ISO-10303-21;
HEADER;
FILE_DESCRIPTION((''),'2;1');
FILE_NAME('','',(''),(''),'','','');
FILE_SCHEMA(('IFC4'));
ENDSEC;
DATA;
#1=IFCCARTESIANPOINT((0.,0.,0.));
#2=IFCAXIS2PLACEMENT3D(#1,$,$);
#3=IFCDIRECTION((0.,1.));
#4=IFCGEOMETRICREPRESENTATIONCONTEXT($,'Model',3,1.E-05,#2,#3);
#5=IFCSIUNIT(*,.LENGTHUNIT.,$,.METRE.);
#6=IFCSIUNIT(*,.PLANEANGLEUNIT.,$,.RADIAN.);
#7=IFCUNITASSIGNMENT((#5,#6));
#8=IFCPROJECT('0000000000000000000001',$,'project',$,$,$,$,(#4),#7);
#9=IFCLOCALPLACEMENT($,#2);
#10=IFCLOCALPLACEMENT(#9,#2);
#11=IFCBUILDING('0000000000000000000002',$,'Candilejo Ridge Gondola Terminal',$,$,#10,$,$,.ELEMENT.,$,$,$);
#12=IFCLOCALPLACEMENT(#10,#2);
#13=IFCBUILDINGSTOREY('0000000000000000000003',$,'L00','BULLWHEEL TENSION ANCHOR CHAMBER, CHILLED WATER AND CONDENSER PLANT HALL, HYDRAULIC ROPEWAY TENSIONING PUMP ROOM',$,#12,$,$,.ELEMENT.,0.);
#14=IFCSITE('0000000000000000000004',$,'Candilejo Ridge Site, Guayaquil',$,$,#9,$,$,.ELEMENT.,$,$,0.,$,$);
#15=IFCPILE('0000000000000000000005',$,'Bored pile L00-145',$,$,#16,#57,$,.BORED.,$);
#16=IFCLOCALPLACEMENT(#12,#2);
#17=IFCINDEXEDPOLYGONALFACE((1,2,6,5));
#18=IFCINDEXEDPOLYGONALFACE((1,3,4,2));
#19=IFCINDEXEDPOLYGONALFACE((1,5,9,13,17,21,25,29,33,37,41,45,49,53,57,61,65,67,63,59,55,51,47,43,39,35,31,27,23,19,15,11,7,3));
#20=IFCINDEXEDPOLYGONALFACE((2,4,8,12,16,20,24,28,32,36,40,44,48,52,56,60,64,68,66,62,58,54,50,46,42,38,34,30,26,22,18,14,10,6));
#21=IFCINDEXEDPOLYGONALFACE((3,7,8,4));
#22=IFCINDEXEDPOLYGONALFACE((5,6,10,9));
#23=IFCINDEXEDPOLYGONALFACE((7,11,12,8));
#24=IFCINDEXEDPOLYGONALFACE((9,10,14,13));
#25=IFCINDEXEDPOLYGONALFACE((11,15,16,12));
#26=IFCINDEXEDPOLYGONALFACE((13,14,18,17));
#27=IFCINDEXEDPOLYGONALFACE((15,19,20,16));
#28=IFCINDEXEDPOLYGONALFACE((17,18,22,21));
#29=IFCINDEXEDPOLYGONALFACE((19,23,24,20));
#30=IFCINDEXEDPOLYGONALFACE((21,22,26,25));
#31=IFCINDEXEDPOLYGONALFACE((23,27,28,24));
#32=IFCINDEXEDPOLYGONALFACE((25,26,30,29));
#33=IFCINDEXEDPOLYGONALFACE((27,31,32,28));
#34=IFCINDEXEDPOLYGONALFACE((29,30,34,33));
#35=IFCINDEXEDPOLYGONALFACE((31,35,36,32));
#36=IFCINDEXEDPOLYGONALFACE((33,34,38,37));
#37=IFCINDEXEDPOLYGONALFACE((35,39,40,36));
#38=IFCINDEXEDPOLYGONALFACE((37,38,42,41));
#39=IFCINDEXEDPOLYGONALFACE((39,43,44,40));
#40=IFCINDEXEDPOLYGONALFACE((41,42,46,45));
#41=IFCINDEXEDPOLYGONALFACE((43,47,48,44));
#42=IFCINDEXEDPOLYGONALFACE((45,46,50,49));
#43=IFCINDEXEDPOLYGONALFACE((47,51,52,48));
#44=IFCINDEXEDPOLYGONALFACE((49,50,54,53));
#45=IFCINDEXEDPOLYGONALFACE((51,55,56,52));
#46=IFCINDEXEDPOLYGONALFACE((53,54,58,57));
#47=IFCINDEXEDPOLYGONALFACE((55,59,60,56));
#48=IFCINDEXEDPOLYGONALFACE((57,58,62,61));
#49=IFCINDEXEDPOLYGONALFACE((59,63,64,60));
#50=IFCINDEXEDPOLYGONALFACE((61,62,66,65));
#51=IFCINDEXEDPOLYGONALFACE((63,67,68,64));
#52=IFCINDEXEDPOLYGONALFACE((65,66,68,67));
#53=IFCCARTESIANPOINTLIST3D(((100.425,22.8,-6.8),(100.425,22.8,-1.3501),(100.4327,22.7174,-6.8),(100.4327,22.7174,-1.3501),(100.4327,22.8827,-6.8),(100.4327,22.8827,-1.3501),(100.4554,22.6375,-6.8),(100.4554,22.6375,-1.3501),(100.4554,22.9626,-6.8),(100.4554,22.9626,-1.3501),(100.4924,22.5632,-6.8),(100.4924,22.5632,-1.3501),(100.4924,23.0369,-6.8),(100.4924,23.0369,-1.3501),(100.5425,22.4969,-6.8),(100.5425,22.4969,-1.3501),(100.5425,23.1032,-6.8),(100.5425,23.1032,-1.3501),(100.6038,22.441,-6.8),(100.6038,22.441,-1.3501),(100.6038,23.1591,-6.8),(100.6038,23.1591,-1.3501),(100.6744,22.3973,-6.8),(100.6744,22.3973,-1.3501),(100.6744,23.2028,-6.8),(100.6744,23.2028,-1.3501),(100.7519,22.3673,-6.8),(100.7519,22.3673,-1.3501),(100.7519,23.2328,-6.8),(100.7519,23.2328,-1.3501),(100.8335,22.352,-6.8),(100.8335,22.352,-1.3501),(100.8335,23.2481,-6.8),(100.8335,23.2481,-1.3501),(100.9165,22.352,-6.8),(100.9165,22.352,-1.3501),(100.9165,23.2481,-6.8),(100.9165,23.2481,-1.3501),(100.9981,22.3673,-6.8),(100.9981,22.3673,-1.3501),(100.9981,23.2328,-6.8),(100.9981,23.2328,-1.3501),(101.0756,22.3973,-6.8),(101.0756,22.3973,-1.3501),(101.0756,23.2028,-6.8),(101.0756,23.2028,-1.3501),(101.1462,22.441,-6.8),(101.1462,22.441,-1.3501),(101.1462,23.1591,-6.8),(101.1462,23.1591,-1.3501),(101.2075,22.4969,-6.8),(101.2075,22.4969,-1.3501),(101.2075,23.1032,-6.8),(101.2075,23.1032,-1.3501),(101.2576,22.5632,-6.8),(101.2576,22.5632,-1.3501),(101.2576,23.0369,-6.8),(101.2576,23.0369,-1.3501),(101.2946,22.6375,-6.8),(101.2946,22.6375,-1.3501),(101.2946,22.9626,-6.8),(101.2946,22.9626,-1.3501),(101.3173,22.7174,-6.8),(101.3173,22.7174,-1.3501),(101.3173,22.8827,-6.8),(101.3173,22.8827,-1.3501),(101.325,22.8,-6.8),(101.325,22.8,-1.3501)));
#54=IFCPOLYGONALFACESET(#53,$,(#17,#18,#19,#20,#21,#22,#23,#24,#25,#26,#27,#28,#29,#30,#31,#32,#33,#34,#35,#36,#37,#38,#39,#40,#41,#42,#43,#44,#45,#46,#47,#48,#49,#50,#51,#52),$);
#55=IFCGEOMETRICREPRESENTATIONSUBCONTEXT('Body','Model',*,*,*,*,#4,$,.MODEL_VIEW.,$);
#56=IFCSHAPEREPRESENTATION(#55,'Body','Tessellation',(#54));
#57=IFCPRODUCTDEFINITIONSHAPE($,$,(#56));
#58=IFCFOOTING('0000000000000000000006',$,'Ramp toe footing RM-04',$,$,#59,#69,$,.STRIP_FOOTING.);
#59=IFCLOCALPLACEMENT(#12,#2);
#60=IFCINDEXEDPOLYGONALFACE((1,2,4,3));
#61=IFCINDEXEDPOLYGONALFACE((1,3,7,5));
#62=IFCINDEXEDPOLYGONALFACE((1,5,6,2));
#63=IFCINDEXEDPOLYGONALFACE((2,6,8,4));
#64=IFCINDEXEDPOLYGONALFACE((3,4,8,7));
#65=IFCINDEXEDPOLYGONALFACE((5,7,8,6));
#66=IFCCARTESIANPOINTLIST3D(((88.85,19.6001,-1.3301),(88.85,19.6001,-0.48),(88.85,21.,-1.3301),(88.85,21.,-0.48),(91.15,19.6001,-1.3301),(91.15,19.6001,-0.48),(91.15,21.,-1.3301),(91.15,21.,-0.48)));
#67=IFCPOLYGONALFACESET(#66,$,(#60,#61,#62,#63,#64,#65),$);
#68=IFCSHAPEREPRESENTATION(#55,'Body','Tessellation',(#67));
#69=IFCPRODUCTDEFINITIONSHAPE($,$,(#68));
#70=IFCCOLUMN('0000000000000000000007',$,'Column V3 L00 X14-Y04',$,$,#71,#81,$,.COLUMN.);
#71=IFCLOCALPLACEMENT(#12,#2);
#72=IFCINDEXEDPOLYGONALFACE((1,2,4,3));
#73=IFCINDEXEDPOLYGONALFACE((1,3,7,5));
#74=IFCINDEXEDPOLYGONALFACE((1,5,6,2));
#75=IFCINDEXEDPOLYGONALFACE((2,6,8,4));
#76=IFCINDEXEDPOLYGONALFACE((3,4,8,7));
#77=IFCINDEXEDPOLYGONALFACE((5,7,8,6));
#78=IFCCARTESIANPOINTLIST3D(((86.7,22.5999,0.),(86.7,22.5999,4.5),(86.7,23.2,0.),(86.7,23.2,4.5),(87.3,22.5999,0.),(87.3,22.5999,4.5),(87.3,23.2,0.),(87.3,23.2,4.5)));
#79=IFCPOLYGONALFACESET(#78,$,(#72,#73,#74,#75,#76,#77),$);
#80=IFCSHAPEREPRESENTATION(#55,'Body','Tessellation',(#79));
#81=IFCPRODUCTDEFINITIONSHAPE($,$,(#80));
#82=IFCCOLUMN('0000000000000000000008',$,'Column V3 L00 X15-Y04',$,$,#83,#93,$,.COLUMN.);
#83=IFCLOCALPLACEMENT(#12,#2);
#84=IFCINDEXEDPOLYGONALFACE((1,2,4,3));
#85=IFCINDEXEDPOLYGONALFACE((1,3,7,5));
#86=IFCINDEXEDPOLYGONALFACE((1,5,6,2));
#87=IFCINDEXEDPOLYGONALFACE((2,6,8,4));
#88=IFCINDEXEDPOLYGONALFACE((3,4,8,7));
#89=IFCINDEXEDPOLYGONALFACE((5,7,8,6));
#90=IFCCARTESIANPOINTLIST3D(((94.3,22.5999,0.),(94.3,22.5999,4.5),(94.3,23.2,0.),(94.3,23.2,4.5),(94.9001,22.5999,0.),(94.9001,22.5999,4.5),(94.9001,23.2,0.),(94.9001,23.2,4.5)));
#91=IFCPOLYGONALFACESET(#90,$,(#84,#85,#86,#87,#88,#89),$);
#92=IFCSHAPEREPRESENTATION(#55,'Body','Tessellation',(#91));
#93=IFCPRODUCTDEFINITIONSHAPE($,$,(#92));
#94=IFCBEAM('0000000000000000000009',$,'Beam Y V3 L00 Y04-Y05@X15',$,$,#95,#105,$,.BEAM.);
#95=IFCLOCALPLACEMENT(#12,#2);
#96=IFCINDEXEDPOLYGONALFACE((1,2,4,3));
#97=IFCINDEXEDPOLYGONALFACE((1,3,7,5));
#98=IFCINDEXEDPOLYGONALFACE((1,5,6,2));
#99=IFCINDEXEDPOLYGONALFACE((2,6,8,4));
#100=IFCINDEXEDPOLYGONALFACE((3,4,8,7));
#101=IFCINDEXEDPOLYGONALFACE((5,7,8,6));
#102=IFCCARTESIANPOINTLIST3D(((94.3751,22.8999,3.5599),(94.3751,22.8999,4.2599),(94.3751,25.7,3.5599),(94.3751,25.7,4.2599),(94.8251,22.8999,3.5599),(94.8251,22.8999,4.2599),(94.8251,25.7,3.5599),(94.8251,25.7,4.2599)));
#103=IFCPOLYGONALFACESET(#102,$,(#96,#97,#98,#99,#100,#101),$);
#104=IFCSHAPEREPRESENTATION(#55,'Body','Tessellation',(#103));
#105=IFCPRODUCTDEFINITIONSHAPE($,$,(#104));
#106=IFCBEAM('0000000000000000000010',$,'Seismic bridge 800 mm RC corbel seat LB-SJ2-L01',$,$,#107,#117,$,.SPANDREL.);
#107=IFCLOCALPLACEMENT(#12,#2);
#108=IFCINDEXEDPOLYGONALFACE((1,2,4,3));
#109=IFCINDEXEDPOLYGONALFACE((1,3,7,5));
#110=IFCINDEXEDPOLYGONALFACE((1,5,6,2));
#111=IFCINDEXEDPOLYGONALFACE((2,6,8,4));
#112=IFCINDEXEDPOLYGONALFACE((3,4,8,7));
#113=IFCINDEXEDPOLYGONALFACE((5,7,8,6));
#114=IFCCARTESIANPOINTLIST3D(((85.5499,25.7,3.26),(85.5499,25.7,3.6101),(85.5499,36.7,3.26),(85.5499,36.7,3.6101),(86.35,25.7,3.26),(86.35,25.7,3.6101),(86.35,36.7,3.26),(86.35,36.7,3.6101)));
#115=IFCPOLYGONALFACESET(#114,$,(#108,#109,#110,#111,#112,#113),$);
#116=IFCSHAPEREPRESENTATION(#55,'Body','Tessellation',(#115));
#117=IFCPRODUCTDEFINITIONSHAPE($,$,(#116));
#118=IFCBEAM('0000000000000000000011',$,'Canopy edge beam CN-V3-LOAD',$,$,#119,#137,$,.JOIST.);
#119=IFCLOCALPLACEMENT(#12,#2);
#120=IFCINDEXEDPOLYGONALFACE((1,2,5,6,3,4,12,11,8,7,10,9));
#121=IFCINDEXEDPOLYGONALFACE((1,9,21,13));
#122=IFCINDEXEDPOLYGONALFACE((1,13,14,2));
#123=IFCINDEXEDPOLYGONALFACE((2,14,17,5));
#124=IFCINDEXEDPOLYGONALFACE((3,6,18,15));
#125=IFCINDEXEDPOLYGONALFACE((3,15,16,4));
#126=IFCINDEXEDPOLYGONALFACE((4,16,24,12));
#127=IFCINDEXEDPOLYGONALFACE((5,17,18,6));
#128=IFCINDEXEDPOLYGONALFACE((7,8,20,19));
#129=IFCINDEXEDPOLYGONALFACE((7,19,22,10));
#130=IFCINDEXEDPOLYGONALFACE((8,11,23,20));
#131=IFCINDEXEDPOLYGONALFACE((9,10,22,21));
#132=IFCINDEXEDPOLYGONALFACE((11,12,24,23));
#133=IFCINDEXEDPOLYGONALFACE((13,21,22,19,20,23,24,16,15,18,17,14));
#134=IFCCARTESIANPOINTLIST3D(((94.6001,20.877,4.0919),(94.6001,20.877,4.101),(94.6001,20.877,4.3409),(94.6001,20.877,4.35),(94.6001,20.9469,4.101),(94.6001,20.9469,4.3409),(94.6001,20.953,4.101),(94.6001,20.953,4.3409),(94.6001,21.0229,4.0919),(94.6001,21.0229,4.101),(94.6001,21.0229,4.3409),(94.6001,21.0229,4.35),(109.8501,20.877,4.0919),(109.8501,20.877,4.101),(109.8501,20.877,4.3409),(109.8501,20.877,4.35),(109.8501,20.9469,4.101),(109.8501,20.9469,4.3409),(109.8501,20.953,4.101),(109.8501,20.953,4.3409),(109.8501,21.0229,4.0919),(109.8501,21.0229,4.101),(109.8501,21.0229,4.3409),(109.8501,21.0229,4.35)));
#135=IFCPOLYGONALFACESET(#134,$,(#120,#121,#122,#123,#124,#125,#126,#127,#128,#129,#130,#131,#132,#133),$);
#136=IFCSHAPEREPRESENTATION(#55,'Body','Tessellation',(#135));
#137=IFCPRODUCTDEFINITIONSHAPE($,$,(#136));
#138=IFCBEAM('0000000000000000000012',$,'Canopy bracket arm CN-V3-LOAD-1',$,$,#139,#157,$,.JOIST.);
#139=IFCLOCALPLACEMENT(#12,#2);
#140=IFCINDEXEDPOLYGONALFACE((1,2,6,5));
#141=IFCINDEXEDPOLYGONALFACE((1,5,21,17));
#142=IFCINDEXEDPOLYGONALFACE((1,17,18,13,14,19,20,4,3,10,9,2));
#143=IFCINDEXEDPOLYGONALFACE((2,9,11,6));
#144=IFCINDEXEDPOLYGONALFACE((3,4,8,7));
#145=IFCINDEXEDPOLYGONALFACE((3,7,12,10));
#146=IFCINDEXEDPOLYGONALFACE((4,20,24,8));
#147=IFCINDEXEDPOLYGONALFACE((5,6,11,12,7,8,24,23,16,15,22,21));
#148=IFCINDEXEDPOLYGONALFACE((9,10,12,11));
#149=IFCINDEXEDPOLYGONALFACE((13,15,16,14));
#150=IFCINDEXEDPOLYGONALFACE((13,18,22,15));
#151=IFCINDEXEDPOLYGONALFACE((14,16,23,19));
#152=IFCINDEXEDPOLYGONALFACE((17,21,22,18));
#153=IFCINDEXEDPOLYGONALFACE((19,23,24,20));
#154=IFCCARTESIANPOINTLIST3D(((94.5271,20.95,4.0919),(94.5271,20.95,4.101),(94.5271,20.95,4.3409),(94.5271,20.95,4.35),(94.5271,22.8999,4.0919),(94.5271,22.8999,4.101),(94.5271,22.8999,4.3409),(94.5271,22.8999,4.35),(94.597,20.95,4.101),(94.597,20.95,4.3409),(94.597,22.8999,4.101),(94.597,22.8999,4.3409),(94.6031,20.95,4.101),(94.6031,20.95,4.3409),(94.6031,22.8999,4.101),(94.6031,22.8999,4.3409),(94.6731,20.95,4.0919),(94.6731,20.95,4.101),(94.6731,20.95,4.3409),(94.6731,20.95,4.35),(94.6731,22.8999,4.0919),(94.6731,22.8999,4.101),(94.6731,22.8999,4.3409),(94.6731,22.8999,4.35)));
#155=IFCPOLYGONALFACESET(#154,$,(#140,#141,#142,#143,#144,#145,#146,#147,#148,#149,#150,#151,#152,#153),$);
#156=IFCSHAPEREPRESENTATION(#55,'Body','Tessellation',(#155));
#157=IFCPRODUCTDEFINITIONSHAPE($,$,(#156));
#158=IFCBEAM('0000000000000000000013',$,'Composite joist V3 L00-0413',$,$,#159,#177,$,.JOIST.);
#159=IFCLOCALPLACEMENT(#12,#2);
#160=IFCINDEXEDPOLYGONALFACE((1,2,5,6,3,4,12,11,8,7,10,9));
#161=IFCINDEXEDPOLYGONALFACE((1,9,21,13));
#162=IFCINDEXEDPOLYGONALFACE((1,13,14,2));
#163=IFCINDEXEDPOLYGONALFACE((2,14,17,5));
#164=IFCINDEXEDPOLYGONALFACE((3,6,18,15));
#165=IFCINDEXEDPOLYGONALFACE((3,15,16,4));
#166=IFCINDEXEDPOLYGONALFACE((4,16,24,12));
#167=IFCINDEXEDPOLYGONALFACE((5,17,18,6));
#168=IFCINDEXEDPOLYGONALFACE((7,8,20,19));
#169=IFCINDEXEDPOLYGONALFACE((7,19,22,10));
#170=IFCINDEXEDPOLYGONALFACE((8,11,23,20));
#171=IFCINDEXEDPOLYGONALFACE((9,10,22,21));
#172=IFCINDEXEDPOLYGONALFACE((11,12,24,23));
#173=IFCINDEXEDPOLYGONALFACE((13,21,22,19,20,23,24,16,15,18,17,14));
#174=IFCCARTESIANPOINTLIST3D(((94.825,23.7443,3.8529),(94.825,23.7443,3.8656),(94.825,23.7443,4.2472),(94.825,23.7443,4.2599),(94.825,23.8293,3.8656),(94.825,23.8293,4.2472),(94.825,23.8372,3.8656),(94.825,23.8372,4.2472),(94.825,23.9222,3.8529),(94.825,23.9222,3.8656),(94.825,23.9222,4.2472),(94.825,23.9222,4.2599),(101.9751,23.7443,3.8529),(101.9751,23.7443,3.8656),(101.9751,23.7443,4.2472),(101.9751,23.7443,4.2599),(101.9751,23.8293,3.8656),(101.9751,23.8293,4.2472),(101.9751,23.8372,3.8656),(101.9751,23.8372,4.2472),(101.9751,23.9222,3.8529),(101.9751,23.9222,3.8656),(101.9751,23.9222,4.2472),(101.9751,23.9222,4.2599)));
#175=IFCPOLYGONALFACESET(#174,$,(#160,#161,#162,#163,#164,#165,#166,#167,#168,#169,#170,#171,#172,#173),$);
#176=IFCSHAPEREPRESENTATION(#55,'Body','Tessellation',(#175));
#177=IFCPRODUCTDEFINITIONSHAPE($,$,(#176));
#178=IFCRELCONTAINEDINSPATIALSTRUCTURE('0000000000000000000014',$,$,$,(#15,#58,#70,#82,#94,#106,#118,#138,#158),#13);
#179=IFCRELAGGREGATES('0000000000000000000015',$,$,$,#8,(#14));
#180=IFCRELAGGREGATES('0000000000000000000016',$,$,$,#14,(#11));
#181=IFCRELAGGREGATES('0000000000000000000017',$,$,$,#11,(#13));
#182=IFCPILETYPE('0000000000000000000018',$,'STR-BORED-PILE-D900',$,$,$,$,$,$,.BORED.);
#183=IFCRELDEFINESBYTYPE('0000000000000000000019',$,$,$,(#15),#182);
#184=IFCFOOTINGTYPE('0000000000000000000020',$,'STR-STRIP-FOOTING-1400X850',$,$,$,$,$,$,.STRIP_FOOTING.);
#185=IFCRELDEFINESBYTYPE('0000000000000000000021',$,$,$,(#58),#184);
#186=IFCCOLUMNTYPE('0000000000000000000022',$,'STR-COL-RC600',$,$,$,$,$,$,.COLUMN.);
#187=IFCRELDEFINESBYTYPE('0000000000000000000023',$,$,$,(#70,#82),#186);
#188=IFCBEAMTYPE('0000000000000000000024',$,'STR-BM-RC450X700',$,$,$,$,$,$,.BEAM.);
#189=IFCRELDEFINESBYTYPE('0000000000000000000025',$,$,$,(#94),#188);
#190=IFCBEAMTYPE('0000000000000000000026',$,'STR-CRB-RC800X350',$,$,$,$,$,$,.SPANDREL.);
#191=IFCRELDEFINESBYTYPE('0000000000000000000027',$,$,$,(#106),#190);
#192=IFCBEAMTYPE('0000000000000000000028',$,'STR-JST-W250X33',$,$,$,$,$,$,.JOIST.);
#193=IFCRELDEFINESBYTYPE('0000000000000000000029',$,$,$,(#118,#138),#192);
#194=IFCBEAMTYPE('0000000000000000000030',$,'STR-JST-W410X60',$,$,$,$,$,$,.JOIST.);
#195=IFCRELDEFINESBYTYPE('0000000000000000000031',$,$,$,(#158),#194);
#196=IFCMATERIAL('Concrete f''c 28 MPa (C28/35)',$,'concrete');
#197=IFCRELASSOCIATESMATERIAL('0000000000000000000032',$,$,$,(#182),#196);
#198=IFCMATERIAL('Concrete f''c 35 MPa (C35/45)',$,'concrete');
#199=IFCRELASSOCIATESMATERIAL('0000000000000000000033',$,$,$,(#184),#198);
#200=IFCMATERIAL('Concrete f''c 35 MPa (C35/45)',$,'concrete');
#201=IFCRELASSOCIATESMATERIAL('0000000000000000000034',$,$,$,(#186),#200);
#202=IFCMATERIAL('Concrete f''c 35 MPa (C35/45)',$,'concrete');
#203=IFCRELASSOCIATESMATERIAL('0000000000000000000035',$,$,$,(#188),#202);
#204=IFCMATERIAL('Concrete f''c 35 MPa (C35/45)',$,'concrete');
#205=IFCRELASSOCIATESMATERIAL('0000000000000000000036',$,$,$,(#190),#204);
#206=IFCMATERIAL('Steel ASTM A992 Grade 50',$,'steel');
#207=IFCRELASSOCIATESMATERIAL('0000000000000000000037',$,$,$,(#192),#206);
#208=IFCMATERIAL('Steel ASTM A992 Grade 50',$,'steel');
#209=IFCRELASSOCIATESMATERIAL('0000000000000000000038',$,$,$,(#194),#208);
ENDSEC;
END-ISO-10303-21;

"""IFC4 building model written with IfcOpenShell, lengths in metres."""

from ifc_helpers import new_model, si_unit, direction, frame, origin, origin_2d, place, context, subcontext, project, spatial, rectangle, circle, i_section, extrude, material, material_profile, profile_set, type_object, element, save


model = new_model("IFC4")

# Units and contexts
model_context = context("Model", 3, precision=1e-05, world=origin(), true_north=direction((0.0, 1.0)))
body_context = subcontext(model_context, "Body", "Model", "MODEL_VIEW")
ifc_project = project(units=[si_unit("LENGTHUNIT", "METRE"), si_unit("PLANEANGLEUNIT", "RADIAN")], contexts=[model_context])

# Site, building, storey
site_placement = place(None, origin())
site = spatial("IfcSite", under=ifc_project, at=site_placement, Name="Candilejo Ridge Site, Guayaquil", CompositionType="ELEMENT", RefElevation=0.0)
building_placement = place(site_placement, origin())
building = spatial("IfcBuilding", under=site, at=building_placement, Name="Candilejo Ridge Gondola Terminal", CompositionType="ELEMENT")
storey_placement = place(building_placement, origin())
storey = spatial("IfcBuildingStorey", under=building, at=storey_placement, Name="L00", Description="BULLWHEEL TENSION ANCHOR CHAMBER, CHILLED WATER AND CONDENSER PLANT HALL, HYDRAULIC ROPEWAY TENSIONING PUMP ROOM", CompositionType="ELEMENT", Elevation=0.0)

# Pile
ifc_material_1 = material(Name="Concrete f'c 28 MPa (C28/35)", Category="concrete")
ifc_material_profile_1 = material_profile(ifc_material_1, circle(Radius=0.45, at=origin_2d()))
ifc_profile_set_1 = profile_set([ifc_material_profile_1], Name="Concrete f'c 28 MPa (C28/35)")
pile_type = type_object("IfcPileType", Name="STR-BORED-PILE-D900", PredefinedType="BORED", material=ifc_profile_set_1)
for number, where, z_axis, x_axis, name in (
    (1, (100.875, 22.8, -1.3501), (0.0, 0.0, -1.0), (1.0, 0.0, 0.0), "Bored pile L00-145"),
):
    element("IfcPile", number, at=place(storey_placement, frame(where, z_axis=z_axis, x_axis=x_axis)), inside=storey, type_object=pile_type, Name=name, PredefinedType="BORED", context=body_context, shape_type="SweptSolid", body=[
        extrude(circle(Radius=0.45, at=origin_2d()), origin(), (0.0, 0.0, 1.0), 5.45),
    ])

# Footing
ifc_material_2 = material(Name="Concrete f'c 35 MPa (C35/45)", Category="concrete")
footing_type = type_object("IfcFootingType", Name="STR-STRIP-FOOTING-1400X850", PredefinedType="STRIP_FOOTING", material=ifc_material_2)
footing_placement = place(storey_placement, frame((90.0, 20.3, -1.3301), z_axis=(0.0, 0.0, 1.0), x_axis=(1.0, 0.0, 0.0)))
element("IfcFooting", 2, at=footing_placement, inside=storey, type_object=footing_type, Name="Ramp toe footing RM-04", PredefinedType="STRIP_FOOTING", context=body_context, shape_type="SweptSolid", body=[
    extrude(rectangle(XDim=2.3, YDim=1.3999, at=origin_2d()), origin(), (0.0, 0.0, 1.0), 0.8501),
])

# Columns
ifc_material_3 = material(Name="Concrete f'c 35 MPa (C35/45)", Category="concrete")
ifc_material_profile_2 = material_profile(ifc_material_3, rectangle(XDim=0.6001, YDim=0.6001, at=origin_2d()))
ifc_profile_set_2 = profile_set([ifc_material_profile_2], Name="Concrete f'c 35 MPa (C35/45)")
column_type = type_object("IfcColumnType", Name="STR-COL-RC600", PredefinedType="COLUMN", material=ifc_profile_set_2)
for number, where, z_axis, x_axis, name in (
    (3, (87.0, 22.8999, 0.0), (0.0, 0.0, 1.0), (1.0, 0.0, 0.0), "Column V3 L00 X14-Y04"),
    (4, (94.6001, 22.8999, 0.0), (0.0, 0.0, 1.0), (1.0, 0.0, 0.0), "Column V3 L00 X15-Y04"),
):
    element("IfcColumn", number, at=place(storey_placement, frame(where, z_axis=z_axis, x_axis=x_axis)), inside=storey, type_object=column_type, Name=name, PredefinedType="COLUMN", context=body_context, shape_type="SweptSolid", body=[
        extrude(rectangle(XDim=0.6001, YDim=0.6001, at=origin_2d()), origin(), (0.0, 0.0, 1.0), 4.5),
    ])

# Beams
ifc_material_4 = material(Name="Concrete f'c 35 MPa (C35/45)", Category="concrete")
ifc_material_profile_3 = material_profile(ifc_material_4, rectangle(XDim=0.45, YDim=0.7, at=origin_2d()))
ifc_profile_set_3 = profile_set([ifc_material_profile_3], Name="Concrete f'c 35 MPa (C35/45)")
beam_type_1 = type_object("IfcBeamType", Name="STR-BM-RC450X700", PredefinedType="BEAM", material=ifc_profile_set_3)
beam_1_placement = place(storey_placement, frame((94.6001, 22.8999, 3.9099), z_axis=(0.0, 1.0, 0.0), x_axis=(-1.0, 0.0, 0.0)))
element("IfcBeam", 5, at=beam_1_placement, inside=storey, type_object=beam_type_1, Name="Beam Y V3 L00 Y04-Y05@X15", PredefinedType="BEAM", context=body_context, shape_type="SweptSolid", body=[
    extrude(rectangle(XDim=0.45, YDim=0.7, at=origin_2d()), origin(), (0.0, 0.0, 1.0), 2.8),
])
ifc_material_5 = material(Name="Concrete f'c 35 MPa (C35/45)", Category="concrete")
ifc_material_profile_4 = material_profile(ifc_material_5, rectangle(XDim=0.8, YDim=0.3501, at=origin_2d()))
ifc_profile_set_4 = profile_set([ifc_material_profile_4], Name="Concrete f'c 35 MPa (C35/45)")
beam_type_2 = type_object("IfcBeamType", Name="STR-CRB-RC800X350", PredefinedType="SPANDREL", material=ifc_profile_set_4)
beam_2_placement = place(storey_placement, frame((85.95, 25.7, 3.4351), z_axis=(0.0, 1.0, 0.0), x_axis=(-1.0, 0.0, 0.0)))
element("IfcBeam", 6, at=beam_2_placement, inside=storey, type_object=beam_type_2, Name="Seismic bridge 800 mm RC corbel seat LB-SJ2-L01", PredefinedType="SPANDREL", context=body_context, shape_type="SweptSolid", body=[
    extrude(rectangle(XDim=0.8, YDim=0.3501, at=origin_2d()), origin(), (0.0, 0.0, 1.0), 11.0),
])
ifc_material_6 = material(Name="Steel ASTM A992 Grade 50", Category="steel")
ifc_material_profile_5 = material_profile(ifc_material_6, i_section(OverallWidth=0.146, OverallDepth=0.2581, WebThickness=0.0061, FlangeThickness=0.009, at=origin_2d()))
ifc_profile_set_5 = profile_set([ifc_material_profile_5], Name="Steel ASTM A992 Grade 50")
beam_type_3 = type_object("IfcBeamType", Name="STR-JST-W250X33", PredefinedType="JOIST", material=ifc_profile_set_5)
beam_3_placement = place(storey_placement, frame((94.6001, 20.95, 4.2209), z_axis=(1.0, 0.0, 0.0), x_axis=(0.0, 1.0, 0.0)))
element("IfcBeam", 7, at=beam_3_placement, inside=storey, type_object=beam_type_3, Name="Canopy edge beam CN-V3-LOAD", PredefinedType="JOIST", context=body_context, shape_type="SweptSolid", body=[
    extrude(i_section(OverallWidth=0.146, OverallDepth=0.2581, WebThickness=0.0061, FlangeThickness=0.009, at=origin_2d()), origin(), (0.0, 0.0, 1.0), 15.25),
])
beam_4_placement = place(storey_placement, frame((94.6001, 20.95, 4.2209), z_axis=(0.0, 1.0, 0.0), x_axis=(-1.0, 0.0, 0.0)))
element("IfcBeam", 8, at=beam_4_placement, inside=storey, type_object=beam_type_3, Name="Canopy bracket arm CN-V3-LOAD-1", PredefinedType="JOIST", context=body_context, shape_type="SweptSolid", body=[
    extrude(i_section(OverallWidth=0.146, OverallDepth=0.2581, WebThickness=0.0061, FlangeThickness=0.009, at=origin_2d()), origin(), (0.0, 0.0, 1.0), 1.95),
])
ifc_material_7 = material(Name="Steel ASTM A992 Grade 50", Category="steel")
ifc_material_profile_6 = material_profile(ifc_material_7, i_section(OverallWidth=0.178, OverallDepth=0.407, WebThickness=0.0078, FlangeThickness=0.0127, at=origin_2d()))
ifc_profile_set_6 = profile_set([ifc_material_profile_6], Name="Steel ASTM A992 Grade 50")
beam_type_4 = type_object("IfcBeamType", Name="STR-JST-W410X60", PredefinedType="JOIST", material=ifc_profile_set_6)
for number, where, z_axis, x_axis, name in (
    (9, (94.825, 23.8333, 4.0564), (1.0, 0.0, 0.0), (0.0, 1.0, 0.0), "Composite joist V3 L00-0413"),
):
    element("IfcBeam", number, at=place(storey_placement, frame(where, z_axis=z_axis, x_axis=x_axis)), inside=storey, type_object=beam_type_4, Name=name, PredefinedType="JOIST", context=body_context, shape_type="SweptSolid", body=[
        extrude(i_section(OverallWidth=0.178, OverallDepth=0.407, WebThickness=0.0078, FlangeThickness=0.0127, at=origin_2d()), origin(), (0.0, 0.0, 1.0), 7.1501),
    ])

save(model, "model.ifc")
